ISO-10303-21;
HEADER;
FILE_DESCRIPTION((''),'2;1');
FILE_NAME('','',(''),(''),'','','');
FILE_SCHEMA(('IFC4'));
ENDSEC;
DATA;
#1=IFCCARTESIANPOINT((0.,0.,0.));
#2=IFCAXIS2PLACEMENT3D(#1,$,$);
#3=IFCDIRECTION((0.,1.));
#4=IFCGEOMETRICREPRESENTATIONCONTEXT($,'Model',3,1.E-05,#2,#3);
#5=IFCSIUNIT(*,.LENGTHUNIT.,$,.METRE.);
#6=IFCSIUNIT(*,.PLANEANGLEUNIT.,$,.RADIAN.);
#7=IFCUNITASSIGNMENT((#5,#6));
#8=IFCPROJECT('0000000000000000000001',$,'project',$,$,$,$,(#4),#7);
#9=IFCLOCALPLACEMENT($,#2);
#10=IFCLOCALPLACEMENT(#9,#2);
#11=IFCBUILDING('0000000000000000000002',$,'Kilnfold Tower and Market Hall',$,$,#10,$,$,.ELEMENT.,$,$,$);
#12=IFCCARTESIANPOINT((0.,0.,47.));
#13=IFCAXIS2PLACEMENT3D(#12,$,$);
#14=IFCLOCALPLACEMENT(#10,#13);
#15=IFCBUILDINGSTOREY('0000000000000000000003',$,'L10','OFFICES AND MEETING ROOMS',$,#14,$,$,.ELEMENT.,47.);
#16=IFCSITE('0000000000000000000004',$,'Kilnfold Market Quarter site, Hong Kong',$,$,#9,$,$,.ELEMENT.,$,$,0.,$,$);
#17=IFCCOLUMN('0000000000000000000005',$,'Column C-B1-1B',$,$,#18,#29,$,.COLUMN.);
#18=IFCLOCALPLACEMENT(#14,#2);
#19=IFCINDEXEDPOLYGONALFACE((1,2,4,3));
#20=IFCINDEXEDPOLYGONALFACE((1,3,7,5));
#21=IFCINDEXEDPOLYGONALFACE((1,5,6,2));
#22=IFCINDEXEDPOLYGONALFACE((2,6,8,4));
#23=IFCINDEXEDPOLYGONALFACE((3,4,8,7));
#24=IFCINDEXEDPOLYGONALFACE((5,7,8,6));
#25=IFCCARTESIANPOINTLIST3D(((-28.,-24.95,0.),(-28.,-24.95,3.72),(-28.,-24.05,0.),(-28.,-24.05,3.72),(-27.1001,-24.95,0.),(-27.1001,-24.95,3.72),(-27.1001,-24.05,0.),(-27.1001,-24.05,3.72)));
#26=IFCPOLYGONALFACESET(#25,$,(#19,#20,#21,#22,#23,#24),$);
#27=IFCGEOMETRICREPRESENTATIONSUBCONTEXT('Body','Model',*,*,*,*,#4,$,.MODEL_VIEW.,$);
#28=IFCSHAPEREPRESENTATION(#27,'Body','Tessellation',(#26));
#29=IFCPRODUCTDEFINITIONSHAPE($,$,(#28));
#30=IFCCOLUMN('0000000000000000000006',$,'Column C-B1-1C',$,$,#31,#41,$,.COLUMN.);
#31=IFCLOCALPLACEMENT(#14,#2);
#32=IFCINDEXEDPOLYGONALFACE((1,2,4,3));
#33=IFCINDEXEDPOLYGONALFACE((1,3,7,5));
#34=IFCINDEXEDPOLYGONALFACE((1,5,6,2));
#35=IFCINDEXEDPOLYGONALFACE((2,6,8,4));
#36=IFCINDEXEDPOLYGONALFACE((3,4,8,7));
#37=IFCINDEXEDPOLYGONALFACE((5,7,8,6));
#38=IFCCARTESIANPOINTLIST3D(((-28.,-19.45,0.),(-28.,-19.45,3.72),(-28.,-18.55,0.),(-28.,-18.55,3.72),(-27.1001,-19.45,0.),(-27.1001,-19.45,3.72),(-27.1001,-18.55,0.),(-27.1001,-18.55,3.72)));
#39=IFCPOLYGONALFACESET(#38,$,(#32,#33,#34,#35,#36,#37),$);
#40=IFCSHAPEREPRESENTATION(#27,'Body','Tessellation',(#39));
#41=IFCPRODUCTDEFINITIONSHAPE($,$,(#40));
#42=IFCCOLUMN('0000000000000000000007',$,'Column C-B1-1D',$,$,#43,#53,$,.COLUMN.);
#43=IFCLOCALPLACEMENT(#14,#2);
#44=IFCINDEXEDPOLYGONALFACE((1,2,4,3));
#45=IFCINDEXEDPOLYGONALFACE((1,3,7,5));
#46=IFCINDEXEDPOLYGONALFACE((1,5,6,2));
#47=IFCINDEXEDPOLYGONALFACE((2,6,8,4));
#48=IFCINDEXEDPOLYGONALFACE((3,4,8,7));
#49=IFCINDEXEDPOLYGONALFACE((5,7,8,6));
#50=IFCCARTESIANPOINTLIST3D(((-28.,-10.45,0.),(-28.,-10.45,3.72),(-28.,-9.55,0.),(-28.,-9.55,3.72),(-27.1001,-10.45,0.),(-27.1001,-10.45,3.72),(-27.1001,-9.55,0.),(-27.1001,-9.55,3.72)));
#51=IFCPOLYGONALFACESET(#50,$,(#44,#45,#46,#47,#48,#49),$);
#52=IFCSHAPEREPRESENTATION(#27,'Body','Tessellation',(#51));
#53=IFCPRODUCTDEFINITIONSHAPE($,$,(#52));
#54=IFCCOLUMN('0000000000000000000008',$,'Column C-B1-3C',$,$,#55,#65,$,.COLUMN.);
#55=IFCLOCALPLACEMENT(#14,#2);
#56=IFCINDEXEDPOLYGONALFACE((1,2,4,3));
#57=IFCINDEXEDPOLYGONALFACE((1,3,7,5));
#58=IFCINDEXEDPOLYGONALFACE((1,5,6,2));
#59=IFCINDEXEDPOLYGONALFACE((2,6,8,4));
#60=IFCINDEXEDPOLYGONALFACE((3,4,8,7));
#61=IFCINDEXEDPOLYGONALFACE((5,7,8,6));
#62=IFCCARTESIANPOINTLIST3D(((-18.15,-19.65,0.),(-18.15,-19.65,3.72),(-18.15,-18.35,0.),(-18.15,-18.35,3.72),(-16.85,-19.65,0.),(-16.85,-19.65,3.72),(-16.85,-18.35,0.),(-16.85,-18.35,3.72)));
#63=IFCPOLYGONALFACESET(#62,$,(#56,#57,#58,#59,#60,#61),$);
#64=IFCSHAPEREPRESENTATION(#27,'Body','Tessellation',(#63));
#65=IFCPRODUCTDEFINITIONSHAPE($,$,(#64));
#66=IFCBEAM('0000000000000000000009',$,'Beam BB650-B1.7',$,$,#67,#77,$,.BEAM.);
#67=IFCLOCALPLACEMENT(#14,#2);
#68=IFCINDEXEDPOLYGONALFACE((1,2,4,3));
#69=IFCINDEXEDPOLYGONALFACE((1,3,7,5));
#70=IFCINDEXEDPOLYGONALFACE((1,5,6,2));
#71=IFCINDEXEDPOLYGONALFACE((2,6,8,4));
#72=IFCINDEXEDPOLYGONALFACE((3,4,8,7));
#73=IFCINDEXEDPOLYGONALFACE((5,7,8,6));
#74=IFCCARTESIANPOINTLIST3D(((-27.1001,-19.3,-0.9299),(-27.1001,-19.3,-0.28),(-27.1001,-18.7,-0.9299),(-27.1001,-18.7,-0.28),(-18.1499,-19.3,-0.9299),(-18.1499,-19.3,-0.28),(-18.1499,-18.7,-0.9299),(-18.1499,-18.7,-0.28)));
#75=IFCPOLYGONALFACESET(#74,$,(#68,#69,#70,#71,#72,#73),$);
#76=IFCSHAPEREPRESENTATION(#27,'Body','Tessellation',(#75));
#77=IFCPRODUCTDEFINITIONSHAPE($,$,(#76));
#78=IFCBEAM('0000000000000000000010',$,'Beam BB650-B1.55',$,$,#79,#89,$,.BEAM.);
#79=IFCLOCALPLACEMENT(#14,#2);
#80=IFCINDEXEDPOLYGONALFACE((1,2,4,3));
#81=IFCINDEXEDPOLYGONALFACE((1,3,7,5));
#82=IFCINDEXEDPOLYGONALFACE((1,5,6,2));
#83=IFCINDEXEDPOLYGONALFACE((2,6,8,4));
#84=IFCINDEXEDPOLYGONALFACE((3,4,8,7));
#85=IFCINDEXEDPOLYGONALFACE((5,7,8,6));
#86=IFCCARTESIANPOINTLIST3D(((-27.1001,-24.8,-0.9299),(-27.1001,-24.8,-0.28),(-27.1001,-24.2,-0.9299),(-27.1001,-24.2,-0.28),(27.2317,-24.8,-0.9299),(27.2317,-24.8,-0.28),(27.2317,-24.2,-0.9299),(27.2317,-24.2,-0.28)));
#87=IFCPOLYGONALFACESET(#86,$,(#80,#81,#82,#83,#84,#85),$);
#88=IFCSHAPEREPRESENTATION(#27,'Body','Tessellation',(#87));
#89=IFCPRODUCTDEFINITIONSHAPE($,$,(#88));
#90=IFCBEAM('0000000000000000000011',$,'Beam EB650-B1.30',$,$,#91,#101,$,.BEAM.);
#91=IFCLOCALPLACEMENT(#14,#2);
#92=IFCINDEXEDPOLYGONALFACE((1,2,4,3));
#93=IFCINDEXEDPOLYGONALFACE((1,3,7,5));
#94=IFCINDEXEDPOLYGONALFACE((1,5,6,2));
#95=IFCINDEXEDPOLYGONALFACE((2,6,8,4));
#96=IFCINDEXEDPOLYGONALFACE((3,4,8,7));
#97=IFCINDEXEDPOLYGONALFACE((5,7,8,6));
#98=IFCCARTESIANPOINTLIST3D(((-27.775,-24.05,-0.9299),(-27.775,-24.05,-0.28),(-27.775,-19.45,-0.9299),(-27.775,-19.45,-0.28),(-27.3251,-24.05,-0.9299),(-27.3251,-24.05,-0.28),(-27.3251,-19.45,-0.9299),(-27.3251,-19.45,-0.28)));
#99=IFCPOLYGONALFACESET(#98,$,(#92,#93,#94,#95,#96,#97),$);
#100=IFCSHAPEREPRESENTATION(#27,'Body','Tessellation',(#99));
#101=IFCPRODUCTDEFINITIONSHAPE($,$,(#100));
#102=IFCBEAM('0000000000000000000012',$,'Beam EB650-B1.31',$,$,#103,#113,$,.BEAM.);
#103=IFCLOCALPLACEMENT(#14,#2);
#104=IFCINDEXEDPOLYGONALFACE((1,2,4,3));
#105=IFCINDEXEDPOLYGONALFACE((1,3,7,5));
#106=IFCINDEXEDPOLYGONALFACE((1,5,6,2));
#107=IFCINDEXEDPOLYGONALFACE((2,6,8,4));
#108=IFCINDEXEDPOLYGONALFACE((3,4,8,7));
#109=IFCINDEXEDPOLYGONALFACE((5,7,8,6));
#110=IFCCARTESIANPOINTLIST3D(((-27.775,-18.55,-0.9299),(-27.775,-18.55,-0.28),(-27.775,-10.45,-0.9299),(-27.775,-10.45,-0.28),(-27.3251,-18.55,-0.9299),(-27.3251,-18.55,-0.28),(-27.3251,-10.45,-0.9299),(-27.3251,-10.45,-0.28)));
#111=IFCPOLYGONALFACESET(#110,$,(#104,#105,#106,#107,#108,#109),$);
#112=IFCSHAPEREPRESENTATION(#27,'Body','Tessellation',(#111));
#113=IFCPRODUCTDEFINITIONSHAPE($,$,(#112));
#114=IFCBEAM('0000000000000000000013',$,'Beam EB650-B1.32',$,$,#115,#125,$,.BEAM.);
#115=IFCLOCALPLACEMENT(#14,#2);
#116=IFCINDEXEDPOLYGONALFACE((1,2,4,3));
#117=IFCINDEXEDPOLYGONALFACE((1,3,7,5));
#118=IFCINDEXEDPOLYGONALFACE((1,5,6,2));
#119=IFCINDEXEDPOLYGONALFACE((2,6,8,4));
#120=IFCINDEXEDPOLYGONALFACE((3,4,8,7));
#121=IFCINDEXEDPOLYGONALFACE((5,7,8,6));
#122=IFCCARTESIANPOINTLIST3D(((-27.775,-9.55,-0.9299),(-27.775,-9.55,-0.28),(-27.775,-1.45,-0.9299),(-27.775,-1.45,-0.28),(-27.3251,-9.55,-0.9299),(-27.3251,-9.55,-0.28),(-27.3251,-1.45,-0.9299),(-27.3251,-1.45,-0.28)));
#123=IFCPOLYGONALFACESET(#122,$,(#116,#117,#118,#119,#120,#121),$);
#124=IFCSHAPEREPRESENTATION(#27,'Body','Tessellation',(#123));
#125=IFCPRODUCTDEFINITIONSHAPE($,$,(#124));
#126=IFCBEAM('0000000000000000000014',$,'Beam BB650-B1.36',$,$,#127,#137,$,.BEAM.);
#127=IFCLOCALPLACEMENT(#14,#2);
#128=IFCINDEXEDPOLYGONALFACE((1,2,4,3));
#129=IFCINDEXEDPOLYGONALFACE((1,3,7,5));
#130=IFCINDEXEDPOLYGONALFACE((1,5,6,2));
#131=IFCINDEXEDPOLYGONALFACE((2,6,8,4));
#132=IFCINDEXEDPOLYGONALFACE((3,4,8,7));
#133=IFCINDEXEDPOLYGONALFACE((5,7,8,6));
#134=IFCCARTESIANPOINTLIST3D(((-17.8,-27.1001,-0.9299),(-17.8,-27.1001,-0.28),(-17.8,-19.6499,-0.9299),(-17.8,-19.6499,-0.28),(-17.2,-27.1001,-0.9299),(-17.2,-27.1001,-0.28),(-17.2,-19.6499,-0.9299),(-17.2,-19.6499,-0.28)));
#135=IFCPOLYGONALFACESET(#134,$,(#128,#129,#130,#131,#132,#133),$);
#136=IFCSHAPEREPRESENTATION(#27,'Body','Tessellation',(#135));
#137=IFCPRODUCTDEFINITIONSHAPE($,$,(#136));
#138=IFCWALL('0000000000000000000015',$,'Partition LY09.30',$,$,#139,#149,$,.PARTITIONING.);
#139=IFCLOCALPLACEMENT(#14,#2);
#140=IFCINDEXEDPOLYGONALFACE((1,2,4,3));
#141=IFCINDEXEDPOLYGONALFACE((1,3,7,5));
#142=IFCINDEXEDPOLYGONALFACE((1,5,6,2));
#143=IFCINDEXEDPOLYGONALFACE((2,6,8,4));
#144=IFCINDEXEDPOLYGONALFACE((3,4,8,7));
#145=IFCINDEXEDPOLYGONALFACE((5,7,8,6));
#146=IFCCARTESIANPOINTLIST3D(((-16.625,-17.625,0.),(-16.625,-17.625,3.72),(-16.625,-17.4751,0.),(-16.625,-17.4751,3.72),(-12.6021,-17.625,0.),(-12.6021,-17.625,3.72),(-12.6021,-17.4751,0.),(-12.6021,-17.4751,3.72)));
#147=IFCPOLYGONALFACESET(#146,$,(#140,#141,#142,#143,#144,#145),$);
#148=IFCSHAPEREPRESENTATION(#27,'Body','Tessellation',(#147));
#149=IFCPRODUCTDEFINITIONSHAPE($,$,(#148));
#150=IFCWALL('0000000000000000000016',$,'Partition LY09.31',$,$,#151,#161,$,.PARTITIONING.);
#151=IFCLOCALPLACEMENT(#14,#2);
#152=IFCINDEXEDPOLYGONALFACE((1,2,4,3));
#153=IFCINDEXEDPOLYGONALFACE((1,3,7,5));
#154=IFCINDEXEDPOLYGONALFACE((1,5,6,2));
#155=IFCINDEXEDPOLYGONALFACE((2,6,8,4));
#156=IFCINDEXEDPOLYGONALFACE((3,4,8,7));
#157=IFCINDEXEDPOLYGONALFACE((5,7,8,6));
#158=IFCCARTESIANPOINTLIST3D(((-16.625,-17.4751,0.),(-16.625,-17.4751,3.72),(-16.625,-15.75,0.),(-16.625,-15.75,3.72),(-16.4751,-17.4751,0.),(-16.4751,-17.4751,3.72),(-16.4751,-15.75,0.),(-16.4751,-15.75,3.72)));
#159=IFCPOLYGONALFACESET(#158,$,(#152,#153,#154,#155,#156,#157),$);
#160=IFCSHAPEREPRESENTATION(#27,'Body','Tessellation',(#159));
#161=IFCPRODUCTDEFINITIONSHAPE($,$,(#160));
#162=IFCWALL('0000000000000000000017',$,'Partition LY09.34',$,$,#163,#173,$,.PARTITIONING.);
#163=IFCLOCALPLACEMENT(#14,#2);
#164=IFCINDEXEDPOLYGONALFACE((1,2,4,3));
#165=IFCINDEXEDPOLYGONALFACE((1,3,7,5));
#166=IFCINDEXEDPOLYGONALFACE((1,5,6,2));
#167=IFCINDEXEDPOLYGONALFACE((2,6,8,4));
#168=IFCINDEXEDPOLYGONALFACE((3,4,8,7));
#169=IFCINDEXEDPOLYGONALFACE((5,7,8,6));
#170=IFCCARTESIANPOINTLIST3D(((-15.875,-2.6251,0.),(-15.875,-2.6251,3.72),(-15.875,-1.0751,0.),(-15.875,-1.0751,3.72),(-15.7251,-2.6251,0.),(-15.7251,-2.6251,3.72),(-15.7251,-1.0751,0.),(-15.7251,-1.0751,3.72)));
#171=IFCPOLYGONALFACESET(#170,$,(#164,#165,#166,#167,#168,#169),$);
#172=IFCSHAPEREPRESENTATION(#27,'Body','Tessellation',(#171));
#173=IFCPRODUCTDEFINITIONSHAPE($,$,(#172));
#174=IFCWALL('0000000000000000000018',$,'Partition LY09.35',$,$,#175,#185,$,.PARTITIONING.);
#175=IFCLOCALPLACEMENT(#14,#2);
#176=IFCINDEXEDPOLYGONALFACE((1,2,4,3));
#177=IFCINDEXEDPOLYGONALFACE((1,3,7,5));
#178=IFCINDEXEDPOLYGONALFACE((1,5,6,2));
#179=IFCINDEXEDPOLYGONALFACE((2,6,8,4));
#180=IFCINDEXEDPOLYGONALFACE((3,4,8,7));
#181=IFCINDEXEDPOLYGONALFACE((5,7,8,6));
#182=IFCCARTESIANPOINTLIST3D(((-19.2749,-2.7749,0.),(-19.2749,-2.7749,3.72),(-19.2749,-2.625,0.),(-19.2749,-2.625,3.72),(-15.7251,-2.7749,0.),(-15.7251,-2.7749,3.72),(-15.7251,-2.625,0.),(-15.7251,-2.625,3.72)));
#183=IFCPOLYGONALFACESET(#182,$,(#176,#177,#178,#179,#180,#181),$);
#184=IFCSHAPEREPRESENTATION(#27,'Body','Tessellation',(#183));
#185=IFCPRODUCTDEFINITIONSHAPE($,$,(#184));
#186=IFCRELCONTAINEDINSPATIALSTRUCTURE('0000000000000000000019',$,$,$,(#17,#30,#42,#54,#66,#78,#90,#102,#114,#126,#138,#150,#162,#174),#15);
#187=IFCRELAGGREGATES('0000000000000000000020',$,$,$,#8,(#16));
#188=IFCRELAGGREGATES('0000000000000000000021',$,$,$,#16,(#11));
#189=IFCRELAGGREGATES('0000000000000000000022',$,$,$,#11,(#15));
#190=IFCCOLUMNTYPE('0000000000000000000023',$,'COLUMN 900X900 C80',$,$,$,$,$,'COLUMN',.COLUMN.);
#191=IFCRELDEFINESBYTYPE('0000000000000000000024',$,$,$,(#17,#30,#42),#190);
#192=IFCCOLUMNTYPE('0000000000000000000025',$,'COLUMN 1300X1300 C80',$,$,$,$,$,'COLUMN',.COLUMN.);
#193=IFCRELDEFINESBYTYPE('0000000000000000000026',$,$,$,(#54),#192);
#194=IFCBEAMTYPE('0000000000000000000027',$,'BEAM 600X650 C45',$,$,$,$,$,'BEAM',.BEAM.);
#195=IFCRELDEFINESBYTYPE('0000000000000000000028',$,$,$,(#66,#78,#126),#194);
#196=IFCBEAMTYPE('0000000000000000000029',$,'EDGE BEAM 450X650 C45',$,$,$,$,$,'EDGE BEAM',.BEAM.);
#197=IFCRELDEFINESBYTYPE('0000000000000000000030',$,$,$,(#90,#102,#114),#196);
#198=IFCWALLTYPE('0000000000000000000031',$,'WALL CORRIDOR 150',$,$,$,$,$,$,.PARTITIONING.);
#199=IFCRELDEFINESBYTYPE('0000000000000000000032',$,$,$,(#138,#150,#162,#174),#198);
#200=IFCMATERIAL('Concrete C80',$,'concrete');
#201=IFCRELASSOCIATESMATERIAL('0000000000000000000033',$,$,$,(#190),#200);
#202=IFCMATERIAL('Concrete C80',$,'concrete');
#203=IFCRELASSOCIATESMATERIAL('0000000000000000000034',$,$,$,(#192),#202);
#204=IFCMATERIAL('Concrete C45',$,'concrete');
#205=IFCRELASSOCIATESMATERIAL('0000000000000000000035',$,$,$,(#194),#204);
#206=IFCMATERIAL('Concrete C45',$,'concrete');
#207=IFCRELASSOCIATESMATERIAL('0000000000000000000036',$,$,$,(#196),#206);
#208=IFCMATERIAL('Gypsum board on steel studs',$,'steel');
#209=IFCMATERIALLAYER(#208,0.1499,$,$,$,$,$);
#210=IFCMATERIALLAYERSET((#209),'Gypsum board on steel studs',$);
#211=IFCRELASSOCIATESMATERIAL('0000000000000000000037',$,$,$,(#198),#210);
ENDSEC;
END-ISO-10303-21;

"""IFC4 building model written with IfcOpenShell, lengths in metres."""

from ifc_helpers import new_model, si_unit, direction, frame, frame_2d, origin, origin_2d, place, context, subcontext, project, spatial, rectangle, extrude, source, transform, mapped, material, layer, layer_set, material_profile, profile_set, type_object, element, save


model = new_model("IFC4")

# Units and contexts
model_context = context("Model", 3, precision=1e-05, world=origin(), true_north=direction((0.0, 1.0)))
body_context = subcontext(model_context, "Body", "Model", "MODEL_VIEW")
ifc_project = project(units=[si_unit("LENGTHUNIT", "METRE"), si_unit("PLANEANGLEUNIT", "RADIAN")], contexts=[model_context])

# Site, building, storey
site_placement = place(None, origin())
site = spatial("IfcSite", under=ifc_project, at=site_placement, Name="Kilnfold Market Quarter site, Hong Kong", CompositionType="ELEMENT", RefElevation=0.0)
building_placement = place(site_placement, origin())
building = spatial("IfcBuilding", under=site, at=building_placement, Name="Kilnfold Tower and Market Hall", CompositionType="ELEMENT")
storey_placement = place(building_placement, frame((0.0, 0.0, 47.0)))
storey = spatial("IfcBuildingStorey", under=building, at=storey_placement, Name="L10", Description="OFFICES AND MEETING ROOMS", CompositionType="ELEMENT", Elevation=47.0)

# Columns
ifc_material_1 = material(Name="Concrete C80", Category="concrete")
ifc_material_profile_1 = material_profile(ifc_material_1, rectangle(XDim=0.8999, YDim=0.8999, at=origin_2d()), Name="RC 900x900")
ifc_profile_set_1 = profile_set([ifc_material_profile_1], Name="Concrete C80")
column_type_1 = type_object("IfcColumnType", Name="COLUMN 900X900 C80", ElementType="COLUMN", PredefinedType="COLUMN", material=ifc_profile_set_1)
shared_shape_1 = source(origin(), body_context, "Body", "SweptSolid", [
    extrude(rectangle(XDim=0.8999, YDim=0.8999, at=origin_2d()), origin(), (0.0, 0.0, 1.0), 3.72),
])
for number, where, z_axis, x_axis, name in (
    (1, (-27.55, -24.5, 0.0), (0.0, 0.0, 1.0), (1.0, 0.0, 0.0), "Column C-B1-1B"),
    (2, (-27.55, -19.0, 0.0), (0.0, 0.0, 1.0), (1.0, 0.0, 0.0), "Column C-B1-1C"),
    (3, (-27.55, -10.0, 0.0), (0.0, 0.0, 1.0), (1.0, 0.0, 0.0), "Column C-B1-1D"),
):
    element("IfcColumn", number, at=place(storey_placement, frame(where, z_axis=z_axis, x_axis=x_axis)), inside=storey, type_object=column_type_1, Name=name, PredefinedType="COLUMN", context=body_context, shape_type="MappedRepresentation", body=[
        mapped(shared_shape_1, transform((0.0, 0.0, 0.0))),
    ])
ifc_material_2 = material(Name="Concrete C80", Category="concrete")
ifc_material_profile_2 = material_profile(ifc_material_2, rectangle(XDim=1.3, YDim=1.3, at=origin_2d()), Name="RC 1300x1300")
ifc_profile_set_2 = profile_set([ifc_material_profile_2], Name="Concrete C80")
column_type_2 = type_object("IfcColumnType", Name="COLUMN 1300X1300 C80", ElementType="COLUMN", PredefinedType="COLUMN", material=ifc_profile_set_2)
shared_shape_2 = source(origin(), body_context, "Body", "SweptSolid", [
    extrude(rectangle(XDim=1.3, YDim=1.3, at=origin_2d()), origin(), (0.0, 0.0, 1.0), 3.72),
])
column_placement = place(storey_placement, frame((-17.5, -19.0, 0.0), z_axis=(0.0, 0.0, 1.0), x_axis=(1.0, 0.0, 0.0)))
element("IfcColumn", 4, at=column_placement, inside=storey, type_object=column_type_2, Name="Column C-B1-3C", PredefinedType="COLUMN", context=body_context, shape_type="MappedRepresentation", body=[
    mapped(shared_shape_2, transform((0.0, 0.0, 0.0))),
])

# Beams
ifc_material_3 = material(Name="Concrete C45", Category="concrete")
ifc_material_profile_3 = material_profile(ifc_material_3, rectangle(XDim=0.6001, YDim=0.6499, at=origin_2d()), Name="RC 600x650")
ifc_profile_set_3 = profile_set([ifc_material_profile_3], Name="Concrete C45")
beam_type_1 = type_object("IfcBeamType", Name="BEAM 600X650 C45", ElementType="BEAM", PredefinedType="BEAM", material=ifc_profile_set_3)
shared_shape_3 = source(origin(), body_context, "Body", "SweptSolid", [
    extrude(rectangle(XDim=0.6001, YDim=0.6499, at=origin_2d()), origin(), (0.0, 0.0, 1.0), 8.9502),
])
beam_1_placement = place(storey_placement, frame((-27.1001, -19.0, -0.605), z_axis=(1.0, 0.0, 0.0), x_axis=(0.0, 1.0, 0.0)))
element("IfcBeam", 5, at=beam_1_placement, inside=storey, type_object=beam_type_1, Name="Beam BB650-B1.7", PredefinedType="BEAM", context=body_context, shape_type="MappedRepresentation", body=[
    mapped(shared_shape_3, transform((0.0, 0.0, 0.0))),
])
shared_shape_4 = source(origin(), body_context, "Body", "SweptSolid", [
    extrude(rectangle(XDim=0.6001, YDim=0.6499, at=origin_2d()), origin(), (0.0, 0.0, 1.0), 54.3318),
])
beam_2_placement = place(storey_placement, frame((-27.1001, -24.5, -0.605), z_axis=(1.0, 0.0, 0.0), x_axis=(0.0, 1.0, 0.0)))
element("IfcBeam", 6, at=beam_2_placement, inside=storey, type_object=beam_type_1, Name="Beam BB650-B1.55", PredefinedType="BEAM", context=body_context, shape_type="MappedRepresentation", body=[
    mapped(shared_shape_4, transform((0.0, 0.0, 0.0))),
])
ifc_material_4 = material(Name="Concrete C45", Category="concrete")
ifc_material_profile_4 = material_profile(ifc_material_4, rectangle(XDim=0.45, YDim=0.6499, at=origin_2d()), Name="RC 450x650")
ifc_profile_set_4 = profile_set([ifc_material_profile_4], Name="Concrete C45")
beam_type_2 = type_object("IfcBeamType", Name="EDGE BEAM 450X650 C45", ElementType="EDGE BEAM", PredefinedType="BEAM", material=ifc_profile_set_4)
shared_shape_5 = source(origin(), body_context, "Body", "SweptSolid", [
    extrude(rectangle(XDim=0.45, YDim=0.6499, at=origin_2d()), origin(), (0.0, 0.0, 1.0), 4.6001),
])
beam_3_placement = place(storey_placement, frame((-27.55, -24.05, -0.605), z_axis=(0.0, 1.0, 0.0), x_axis=(-1.0, 0.0, 0.0)))
element("IfcBeam", 7, at=beam_3_placement, inside=storey, type_object=beam_type_2, Name="Beam EB650-B1.30", PredefinedType="BEAM", context=body_context, shape_type="MappedRepresentation", body=[
    mapped(shared_shape_5, transform((0.0, 0.0, 0.0))),
])
shared_shape_6 = source(origin(), body_context, "Body", "SweptSolid", [
    extrude(rectangle(XDim=0.45, YDim=0.6499, at=origin_2d()), origin(), (0.0, 0.0, 1.0), 8.1001),
])
for number, where, z_axis, x_axis, name in (
    (8, (-27.55, -18.55, -0.605), (0.0, 1.0, 0.0), (-1.0, 0.0, 0.0), "Beam EB650-B1.31"),
    (9, (-27.55, -9.55, -0.605), (0.0, 1.0, 0.0), (-1.0, 0.0, 0.0), "Beam EB650-B1.32"),
):
    element("IfcBeam", number, at=place(storey_placement, frame(where, z_axis=z_axis, x_axis=x_axis)), inside=storey, type_object=beam_type_2, Name=name, PredefinedType="BEAM", context=body_context, shape_type="MappedRepresentation", body=[
        mapped(shared_shape_6, transform((0.0, 0.0, 0.0))),
    ])
shared_shape_7 = source(origin(), body_context, "Body", "SweptSolid", [
    extrude(rectangle(XDim=0.6001, YDim=0.6499, at=origin_2d()), origin(), (0.0, 0.0, 1.0), 7.4502),
])
beam_4_placement = place(storey_placement, frame((-17.5, -27.1001, -0.605), z_axis=(0.0, 1.0, 0.0), x_axis=(-1.0, 0.0, 0.0)))
element("IfcBeam", 10, at=beam_4_placement, inside=storey, type_object=beam_type_1, Name="Beam BB650-B1.36", PredefinedType="BEAM", context=body_context, shape_type="MappedRepresentation", body=[
    mapped(shared_shape_7, transform((0.0, 0.0, 0.0))),
])

# Walls
ifc_material_5 = material(Name="Gypsum board on steel studs", Category="steel")
ifc_layer_1 = layer(ifc_material_5, 0.1499)
ifc_layer_set_1 = layer_set([ifc_layer_1], Name="Gypsum board on steel studs")
wall_type_1 = type_object("IfcWallType", Name="WALL CORRIDOR 150", PredefinedType="PARTITIONING", material=ifc_layer_set_1)
wall_1_placement = place(storey_placement, frame((-16.625, -17.55, 0.0), z_axis=(0.0, 0.0, 1.0), x_axis=(1.0, 0.0, 0.0)))
element("IfcWall", 11, at=wall_1_placement, inside=storey, type_object=wall_type_1, Name="Partition LY09.30", PredefinedType="PARTITIONING", context=body_context, shape_type="SweptSolid", body=[
    extrude(rectangle(XDim=4.0229, YDim=0.1499, at=frame_2d((2.0115, 0.0))), origin(), (0.0, 0.0, 1.0), 3.72),
])
wall_2_placement = place(storey_placement, frame((-16.55, -15.75, 0.0), z_axis=(0.0, 0.0, 1.0), x_axis=(0.0, -1.0, 0.0)))
element("IfcWall", 12, at=wall_2_placement, inside=storey, type_object=wall_type_1, Name="Partition LY09.31", PredefinedType="PARTITIONING", context=body_context, shape_type="SweptSolid", body=[
    extrude(rectangle(XDim=1.7251, YDim=0.1499, at=frame_2d((0.8625, 0.0))), origin(), (0.0, 0.0, 1.0), 3.72),
])
wall_3_placement = place(storey_placement, frame((-15.8, -2.625, 0.0), z_axis=(0.0, 0.0, 1.0), x_axis=(0.0, 1.0, 0.0)))
element("IfcWall", 13, at=wall_3_placement, inside=storey, type_object=wall_type_1, Name="Partition LY09.34", PredefinedType="PARTITIONING", context=body_context, shape_type="SweptSolid", body=[
    extrude(rectangle(XDim=1.55, YDim=0.1499, at=frame_2d((0.7749, 0.0))), origin(), (0.0, 0.0, 1.0), 3.72),
])
wall_4_placement = place(storey_placement, frame((-19.2749, -2.7, 0.0), z_axis=(0.0, 0.0, 1.0), x_axis=(1.0, 0.0, 0.0)))
element("IfcWall", 14, at=wall_4_placement, inside=storey, type_object=wall_type_1, Name="Partition LY09.35", PredefinedType="PARTITIONING", context=body_context, shape_type="SweptSolid", body=[
    extrude(rectangle(XDim=3.5498, YDim=0.1499, at=frame_2d((1.7749, 0.0))), origin(), (0.0, 0.0, 1.0), 3.72),
])

save(model, "model.ifc")
